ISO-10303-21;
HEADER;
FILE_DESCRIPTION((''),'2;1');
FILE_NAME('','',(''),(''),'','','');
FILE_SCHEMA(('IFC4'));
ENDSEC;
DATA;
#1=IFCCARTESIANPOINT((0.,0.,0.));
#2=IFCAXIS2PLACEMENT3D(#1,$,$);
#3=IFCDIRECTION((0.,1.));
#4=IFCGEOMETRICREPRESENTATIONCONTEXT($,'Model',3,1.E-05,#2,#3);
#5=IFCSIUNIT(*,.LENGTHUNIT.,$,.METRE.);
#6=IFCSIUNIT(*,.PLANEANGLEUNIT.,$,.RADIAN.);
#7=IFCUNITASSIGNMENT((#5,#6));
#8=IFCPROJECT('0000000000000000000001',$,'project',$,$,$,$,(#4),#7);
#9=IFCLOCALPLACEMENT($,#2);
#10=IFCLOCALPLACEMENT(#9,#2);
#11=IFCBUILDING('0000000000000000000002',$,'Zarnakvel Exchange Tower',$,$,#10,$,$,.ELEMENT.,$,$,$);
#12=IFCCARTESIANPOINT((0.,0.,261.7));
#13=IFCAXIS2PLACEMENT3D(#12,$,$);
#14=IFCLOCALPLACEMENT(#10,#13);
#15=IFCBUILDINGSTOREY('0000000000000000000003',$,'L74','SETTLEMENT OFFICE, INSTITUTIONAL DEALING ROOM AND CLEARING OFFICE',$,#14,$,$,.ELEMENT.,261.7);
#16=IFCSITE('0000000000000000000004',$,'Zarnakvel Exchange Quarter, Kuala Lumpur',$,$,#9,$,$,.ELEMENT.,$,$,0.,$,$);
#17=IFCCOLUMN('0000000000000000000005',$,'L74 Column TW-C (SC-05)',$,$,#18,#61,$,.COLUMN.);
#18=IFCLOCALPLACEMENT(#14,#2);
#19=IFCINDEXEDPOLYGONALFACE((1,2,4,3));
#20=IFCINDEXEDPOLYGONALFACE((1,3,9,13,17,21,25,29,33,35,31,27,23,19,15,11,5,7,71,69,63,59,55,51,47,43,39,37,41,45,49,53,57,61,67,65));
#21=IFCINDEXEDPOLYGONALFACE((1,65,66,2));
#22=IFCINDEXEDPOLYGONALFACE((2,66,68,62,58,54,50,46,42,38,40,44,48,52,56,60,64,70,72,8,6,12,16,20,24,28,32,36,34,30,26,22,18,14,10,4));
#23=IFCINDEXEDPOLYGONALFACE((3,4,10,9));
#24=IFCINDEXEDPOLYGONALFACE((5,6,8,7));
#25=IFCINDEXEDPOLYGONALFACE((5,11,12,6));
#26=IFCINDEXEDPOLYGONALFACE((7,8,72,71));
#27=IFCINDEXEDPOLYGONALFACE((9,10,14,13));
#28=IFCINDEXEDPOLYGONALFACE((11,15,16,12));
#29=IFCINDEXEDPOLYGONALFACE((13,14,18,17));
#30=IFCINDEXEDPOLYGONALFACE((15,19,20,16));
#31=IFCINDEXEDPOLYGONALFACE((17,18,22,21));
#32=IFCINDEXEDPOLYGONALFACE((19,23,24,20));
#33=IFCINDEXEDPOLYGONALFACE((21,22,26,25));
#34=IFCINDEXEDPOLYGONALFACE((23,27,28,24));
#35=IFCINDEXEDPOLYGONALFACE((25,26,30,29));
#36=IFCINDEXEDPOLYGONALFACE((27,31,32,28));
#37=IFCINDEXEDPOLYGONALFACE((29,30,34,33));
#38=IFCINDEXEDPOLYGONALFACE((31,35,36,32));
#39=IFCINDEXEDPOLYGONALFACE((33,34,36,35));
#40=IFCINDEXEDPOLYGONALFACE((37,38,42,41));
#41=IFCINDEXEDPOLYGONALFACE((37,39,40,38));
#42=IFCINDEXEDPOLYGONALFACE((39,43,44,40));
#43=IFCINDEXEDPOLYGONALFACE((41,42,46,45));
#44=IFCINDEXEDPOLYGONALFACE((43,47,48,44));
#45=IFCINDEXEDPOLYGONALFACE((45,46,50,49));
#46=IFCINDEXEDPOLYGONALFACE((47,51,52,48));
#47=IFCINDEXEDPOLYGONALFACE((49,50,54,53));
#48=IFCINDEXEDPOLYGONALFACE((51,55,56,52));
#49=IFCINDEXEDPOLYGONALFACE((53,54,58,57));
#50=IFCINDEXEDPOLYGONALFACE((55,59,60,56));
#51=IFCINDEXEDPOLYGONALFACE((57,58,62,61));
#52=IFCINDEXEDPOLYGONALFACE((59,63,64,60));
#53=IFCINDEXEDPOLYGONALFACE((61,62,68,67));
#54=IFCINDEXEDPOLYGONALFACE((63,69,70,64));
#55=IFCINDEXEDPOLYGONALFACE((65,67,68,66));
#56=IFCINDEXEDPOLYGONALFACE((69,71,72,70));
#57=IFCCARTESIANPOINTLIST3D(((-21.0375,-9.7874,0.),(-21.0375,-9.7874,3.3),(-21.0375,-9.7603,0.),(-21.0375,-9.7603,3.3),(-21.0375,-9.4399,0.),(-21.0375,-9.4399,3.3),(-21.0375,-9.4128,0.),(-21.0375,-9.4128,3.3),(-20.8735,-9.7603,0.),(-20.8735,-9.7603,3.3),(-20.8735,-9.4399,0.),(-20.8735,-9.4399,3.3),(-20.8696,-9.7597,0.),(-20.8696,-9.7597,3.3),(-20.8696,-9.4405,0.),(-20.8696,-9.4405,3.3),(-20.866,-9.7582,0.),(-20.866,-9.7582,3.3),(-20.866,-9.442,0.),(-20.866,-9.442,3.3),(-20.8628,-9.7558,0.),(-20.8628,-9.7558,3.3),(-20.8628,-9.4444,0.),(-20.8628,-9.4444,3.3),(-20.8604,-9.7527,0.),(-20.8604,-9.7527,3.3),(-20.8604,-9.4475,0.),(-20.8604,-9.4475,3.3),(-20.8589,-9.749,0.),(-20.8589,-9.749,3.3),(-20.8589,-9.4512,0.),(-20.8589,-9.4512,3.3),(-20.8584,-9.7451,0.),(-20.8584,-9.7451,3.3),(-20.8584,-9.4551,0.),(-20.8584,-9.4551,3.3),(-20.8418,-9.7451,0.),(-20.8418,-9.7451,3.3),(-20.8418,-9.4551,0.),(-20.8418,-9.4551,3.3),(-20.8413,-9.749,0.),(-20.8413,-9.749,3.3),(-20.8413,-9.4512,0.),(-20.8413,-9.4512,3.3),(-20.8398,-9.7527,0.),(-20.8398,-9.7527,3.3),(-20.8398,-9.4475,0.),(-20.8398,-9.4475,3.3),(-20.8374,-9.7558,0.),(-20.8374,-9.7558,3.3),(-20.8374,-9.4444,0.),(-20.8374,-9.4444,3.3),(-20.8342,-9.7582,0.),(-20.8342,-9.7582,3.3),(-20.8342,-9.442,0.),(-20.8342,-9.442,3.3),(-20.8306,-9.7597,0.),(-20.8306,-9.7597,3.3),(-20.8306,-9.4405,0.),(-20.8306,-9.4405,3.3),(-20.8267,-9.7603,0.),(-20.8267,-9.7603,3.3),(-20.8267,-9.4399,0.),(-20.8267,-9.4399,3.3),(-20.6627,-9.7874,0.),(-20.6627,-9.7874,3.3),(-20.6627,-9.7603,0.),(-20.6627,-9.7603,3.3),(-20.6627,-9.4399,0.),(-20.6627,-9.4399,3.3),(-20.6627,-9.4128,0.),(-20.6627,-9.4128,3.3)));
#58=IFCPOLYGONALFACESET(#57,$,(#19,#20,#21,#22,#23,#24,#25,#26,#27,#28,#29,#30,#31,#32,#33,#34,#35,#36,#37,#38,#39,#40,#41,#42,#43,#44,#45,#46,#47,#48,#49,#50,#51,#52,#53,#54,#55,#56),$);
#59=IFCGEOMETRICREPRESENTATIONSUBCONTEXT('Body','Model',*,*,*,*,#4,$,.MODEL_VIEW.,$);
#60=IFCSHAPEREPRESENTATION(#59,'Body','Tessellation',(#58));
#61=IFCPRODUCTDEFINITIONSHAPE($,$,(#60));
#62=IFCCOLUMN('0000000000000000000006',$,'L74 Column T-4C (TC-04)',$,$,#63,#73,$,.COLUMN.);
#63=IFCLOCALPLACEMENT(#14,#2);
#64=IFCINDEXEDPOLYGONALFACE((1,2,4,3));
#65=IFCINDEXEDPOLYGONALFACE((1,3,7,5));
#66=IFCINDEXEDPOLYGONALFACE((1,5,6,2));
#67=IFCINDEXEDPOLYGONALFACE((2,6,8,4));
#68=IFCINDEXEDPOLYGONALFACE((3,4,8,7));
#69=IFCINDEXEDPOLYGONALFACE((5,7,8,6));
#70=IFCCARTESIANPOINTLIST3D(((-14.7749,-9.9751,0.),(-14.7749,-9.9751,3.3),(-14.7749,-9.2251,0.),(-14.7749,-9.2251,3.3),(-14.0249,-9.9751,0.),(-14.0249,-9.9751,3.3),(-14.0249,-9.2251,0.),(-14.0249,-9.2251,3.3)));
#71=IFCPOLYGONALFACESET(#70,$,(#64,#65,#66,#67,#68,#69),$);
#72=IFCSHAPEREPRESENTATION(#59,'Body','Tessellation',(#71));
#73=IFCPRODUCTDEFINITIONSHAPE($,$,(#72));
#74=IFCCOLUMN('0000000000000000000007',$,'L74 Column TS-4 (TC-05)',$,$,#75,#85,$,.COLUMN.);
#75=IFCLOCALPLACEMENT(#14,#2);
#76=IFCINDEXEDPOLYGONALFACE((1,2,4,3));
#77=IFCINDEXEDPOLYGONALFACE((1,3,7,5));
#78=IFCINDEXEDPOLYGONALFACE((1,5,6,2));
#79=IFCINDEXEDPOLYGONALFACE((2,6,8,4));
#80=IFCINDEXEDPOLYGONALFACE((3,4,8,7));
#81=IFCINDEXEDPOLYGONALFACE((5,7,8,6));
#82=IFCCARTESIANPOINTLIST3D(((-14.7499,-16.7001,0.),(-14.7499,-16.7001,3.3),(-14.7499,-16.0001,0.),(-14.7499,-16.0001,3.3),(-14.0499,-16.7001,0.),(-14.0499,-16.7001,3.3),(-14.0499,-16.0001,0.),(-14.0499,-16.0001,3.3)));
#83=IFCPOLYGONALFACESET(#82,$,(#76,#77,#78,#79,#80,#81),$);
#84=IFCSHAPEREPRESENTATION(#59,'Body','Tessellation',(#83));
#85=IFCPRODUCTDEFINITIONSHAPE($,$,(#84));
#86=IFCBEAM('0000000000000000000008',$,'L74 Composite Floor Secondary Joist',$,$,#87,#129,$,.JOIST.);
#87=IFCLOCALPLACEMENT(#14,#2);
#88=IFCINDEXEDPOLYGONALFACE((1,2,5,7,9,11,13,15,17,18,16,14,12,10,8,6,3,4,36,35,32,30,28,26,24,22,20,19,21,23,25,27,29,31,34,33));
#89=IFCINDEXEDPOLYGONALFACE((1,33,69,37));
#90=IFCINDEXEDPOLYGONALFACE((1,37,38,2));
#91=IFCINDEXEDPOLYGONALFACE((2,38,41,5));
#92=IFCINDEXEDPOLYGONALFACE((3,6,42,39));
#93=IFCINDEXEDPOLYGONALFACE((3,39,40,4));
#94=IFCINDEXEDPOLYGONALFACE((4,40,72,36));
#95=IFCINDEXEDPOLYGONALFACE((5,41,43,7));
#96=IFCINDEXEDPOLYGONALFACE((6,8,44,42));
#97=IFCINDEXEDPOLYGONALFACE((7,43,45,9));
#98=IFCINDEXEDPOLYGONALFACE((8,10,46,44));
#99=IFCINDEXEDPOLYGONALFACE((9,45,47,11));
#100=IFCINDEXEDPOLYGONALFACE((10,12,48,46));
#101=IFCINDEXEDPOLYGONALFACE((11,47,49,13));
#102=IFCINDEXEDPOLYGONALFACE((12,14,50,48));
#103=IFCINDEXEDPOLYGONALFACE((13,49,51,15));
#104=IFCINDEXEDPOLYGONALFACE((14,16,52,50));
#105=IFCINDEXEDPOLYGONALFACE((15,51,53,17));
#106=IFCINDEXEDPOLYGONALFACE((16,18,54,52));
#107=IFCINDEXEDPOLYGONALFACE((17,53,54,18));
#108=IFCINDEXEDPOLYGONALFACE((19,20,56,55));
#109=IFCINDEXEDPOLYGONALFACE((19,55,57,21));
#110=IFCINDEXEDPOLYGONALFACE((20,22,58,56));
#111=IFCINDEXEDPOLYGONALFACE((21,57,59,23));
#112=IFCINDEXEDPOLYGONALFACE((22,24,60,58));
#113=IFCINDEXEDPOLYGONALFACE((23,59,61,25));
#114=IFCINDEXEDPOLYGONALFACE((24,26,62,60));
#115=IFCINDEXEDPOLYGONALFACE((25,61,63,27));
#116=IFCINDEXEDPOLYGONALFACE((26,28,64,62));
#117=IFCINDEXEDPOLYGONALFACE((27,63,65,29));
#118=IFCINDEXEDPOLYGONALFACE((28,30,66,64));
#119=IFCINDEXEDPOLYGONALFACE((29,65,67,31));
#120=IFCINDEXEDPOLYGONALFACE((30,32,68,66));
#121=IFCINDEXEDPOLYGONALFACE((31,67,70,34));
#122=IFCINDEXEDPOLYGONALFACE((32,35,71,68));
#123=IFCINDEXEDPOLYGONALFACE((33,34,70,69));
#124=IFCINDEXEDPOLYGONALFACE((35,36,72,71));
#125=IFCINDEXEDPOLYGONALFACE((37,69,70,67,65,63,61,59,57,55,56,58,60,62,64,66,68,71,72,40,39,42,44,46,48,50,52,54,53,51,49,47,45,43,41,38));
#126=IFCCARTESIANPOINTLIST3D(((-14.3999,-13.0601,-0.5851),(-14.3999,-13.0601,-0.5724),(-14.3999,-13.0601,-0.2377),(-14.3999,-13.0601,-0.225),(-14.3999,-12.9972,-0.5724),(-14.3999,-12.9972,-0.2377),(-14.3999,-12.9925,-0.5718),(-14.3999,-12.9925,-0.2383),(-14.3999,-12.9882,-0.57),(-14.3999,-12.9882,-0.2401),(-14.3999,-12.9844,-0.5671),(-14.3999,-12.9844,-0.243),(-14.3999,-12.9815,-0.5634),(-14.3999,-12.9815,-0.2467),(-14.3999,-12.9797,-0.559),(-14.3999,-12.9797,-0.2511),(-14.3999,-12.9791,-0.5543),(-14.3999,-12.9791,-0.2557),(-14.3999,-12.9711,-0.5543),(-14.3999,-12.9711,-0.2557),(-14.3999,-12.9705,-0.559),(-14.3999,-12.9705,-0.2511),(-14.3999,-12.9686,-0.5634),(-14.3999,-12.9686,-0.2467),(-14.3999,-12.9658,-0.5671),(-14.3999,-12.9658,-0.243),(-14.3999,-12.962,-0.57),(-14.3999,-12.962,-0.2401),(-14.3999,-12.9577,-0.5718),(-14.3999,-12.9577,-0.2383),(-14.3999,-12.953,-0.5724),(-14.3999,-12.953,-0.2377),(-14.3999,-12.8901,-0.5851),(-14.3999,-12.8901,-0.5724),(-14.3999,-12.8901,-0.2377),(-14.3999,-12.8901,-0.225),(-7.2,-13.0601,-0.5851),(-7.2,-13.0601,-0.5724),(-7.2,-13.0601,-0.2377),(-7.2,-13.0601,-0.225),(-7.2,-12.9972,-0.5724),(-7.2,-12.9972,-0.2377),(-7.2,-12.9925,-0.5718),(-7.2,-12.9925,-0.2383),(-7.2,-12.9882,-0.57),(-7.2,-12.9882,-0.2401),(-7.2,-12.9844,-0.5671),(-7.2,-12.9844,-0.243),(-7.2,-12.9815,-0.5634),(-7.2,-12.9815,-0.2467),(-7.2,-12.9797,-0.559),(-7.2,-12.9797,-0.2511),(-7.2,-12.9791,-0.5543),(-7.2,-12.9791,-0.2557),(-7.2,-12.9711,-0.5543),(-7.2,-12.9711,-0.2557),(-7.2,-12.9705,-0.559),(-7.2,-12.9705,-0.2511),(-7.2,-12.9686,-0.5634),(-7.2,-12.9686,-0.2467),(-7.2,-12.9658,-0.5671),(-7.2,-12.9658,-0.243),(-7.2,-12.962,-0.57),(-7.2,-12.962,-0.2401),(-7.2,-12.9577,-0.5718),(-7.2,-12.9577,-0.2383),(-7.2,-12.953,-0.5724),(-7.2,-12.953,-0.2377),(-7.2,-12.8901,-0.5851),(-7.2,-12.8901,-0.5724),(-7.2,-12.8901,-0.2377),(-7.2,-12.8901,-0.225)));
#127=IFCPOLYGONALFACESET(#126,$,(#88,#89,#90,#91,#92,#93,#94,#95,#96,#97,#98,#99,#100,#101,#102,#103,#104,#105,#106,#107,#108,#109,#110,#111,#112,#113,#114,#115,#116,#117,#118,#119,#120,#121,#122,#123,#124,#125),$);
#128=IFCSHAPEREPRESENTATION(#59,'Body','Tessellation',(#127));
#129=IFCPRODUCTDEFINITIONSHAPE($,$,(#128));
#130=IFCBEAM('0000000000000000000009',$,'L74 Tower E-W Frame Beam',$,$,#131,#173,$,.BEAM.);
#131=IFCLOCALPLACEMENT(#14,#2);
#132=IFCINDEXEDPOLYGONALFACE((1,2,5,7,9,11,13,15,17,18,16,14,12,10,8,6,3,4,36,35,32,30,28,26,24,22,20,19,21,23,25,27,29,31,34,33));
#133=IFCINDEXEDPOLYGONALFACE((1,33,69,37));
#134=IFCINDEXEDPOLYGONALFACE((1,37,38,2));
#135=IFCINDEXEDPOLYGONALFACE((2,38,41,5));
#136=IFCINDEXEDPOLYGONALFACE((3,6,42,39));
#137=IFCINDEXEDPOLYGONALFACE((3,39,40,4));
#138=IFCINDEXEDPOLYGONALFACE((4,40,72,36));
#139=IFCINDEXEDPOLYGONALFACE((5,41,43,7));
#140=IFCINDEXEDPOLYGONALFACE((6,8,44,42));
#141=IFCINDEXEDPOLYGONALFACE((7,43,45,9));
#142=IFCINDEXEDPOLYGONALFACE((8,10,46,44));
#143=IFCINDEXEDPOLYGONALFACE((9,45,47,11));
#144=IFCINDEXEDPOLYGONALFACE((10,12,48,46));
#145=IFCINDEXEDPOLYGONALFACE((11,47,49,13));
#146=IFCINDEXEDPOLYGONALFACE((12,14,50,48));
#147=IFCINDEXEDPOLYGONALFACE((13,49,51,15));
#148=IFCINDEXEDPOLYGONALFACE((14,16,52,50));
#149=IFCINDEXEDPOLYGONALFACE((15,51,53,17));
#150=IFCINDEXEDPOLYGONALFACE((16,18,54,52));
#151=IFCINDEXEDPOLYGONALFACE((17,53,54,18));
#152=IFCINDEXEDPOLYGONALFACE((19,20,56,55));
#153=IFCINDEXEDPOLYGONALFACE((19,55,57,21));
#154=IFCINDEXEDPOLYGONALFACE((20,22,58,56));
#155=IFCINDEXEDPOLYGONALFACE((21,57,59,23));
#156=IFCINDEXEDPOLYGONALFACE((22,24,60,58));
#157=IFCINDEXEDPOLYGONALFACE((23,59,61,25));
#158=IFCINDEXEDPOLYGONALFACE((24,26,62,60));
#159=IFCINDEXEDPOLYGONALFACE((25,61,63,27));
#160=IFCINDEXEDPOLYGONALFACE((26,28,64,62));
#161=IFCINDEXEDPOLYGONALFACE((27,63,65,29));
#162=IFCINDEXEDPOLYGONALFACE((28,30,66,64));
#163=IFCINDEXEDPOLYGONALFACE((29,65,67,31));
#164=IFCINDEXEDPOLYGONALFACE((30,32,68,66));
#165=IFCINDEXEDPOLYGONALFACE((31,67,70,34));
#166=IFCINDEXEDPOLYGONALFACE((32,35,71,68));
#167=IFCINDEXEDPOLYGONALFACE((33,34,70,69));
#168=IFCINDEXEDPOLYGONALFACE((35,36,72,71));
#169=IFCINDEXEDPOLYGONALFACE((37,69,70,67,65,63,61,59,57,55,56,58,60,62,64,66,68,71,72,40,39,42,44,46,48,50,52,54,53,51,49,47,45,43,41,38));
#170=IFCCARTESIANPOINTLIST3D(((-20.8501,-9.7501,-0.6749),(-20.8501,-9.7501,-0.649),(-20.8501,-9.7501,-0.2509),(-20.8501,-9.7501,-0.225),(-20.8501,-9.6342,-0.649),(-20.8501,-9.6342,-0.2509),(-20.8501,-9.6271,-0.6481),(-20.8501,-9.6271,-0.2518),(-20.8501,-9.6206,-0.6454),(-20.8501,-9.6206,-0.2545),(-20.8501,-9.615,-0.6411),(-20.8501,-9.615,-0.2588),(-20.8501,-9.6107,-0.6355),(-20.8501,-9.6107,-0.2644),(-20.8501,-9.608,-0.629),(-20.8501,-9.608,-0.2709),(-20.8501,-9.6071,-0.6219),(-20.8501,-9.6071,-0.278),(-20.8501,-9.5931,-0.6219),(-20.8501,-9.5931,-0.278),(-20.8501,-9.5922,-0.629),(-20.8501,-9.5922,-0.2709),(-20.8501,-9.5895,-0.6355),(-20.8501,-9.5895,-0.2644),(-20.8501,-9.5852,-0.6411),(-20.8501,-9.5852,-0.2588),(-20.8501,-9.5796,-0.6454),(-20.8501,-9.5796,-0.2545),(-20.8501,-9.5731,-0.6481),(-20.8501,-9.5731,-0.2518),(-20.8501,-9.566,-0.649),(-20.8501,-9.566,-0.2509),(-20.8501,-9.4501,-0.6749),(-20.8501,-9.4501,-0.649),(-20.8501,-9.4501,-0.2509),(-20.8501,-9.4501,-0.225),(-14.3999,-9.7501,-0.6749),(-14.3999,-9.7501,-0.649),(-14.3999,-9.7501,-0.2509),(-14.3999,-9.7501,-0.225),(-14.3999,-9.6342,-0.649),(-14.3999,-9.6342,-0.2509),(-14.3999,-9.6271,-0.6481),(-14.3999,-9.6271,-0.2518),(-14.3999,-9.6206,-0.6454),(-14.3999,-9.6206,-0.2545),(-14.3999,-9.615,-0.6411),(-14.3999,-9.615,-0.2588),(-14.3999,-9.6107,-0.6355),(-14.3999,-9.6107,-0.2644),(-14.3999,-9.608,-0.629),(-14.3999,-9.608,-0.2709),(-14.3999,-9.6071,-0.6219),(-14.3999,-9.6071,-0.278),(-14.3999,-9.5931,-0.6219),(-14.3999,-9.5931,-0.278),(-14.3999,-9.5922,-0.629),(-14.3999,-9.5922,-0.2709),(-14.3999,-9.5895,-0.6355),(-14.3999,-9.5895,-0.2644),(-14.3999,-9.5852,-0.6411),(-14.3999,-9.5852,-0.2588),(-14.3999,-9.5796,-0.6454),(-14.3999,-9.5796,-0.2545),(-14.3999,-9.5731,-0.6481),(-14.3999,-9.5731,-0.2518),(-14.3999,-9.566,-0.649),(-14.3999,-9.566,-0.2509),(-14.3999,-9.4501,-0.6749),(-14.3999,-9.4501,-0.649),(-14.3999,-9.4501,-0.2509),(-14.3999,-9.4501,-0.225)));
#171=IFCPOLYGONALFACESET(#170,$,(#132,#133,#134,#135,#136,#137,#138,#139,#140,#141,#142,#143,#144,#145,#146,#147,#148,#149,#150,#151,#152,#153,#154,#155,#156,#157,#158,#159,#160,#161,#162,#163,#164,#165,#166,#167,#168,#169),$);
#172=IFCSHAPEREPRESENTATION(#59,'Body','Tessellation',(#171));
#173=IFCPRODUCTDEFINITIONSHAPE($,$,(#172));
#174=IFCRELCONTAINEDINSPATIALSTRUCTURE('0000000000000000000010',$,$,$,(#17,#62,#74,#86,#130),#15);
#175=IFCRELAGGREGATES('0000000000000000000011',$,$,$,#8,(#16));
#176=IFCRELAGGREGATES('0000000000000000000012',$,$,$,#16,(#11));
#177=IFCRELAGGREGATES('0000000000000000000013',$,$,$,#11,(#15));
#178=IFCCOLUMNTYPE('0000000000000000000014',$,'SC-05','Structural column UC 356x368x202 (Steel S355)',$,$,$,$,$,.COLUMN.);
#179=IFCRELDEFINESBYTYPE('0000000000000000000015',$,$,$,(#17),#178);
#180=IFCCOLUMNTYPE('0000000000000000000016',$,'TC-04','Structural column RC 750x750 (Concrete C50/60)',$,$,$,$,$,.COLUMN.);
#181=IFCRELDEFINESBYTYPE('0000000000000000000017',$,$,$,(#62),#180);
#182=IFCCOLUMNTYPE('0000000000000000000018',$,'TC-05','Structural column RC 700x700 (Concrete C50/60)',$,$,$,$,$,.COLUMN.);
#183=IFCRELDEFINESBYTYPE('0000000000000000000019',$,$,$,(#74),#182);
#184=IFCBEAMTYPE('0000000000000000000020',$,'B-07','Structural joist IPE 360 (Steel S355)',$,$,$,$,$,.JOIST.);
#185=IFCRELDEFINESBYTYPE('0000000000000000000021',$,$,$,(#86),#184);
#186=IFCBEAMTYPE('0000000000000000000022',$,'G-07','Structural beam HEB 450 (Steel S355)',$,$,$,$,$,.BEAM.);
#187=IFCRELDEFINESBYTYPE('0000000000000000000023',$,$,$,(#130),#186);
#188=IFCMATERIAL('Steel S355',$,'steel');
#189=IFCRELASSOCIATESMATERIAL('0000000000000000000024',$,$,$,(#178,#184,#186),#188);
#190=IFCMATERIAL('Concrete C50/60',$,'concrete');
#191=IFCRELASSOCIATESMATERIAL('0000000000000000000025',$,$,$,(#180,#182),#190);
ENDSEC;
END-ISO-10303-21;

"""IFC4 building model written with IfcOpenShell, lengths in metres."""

from ifc_helpers import new_model, si_unit, direction, frame, origin, origin_2d, place, context, subcontext, project, spatial, rectangle, i_section, extrude, material, material_profile, profile_set, type_object, element, save


model = new_model("IFC4")

# Units and contexts
model_context = context("Model", 3, precision=1e-05, world=origin(), true_north=direction((0.0, 1.0)))
body_context = subcontext(model_context, "Body", "Model", "MODEL_VIEW")
ifc_project = project(units=[si_unit("LENGTHUNIT", "METRE"), si_unit("PLANEANGLEUNIT", "RADIAN")], contexts=[model_context])

# Site, building, storey
site_placement = place(None, origin())
site = spatial("IfcSite", under=ifc_project, at=site_placement, Name="Zarnakvel Exchange Quarter, Kuala Lumpur", CompositionType="ELEMENT", RefElevation=0.0)
building_placement = place(site_placement, origin())
building = spatial("IfcBuilding", under=site, at=building_placement, Name="Zarnakvel Exchange Tower", CompositionType="ELEMENT")
storey_placement = place(building_placement, frame((0.0, 0.0, 261.7)))
storey = spatial("IfcBuildingStorey", under=building, at=storey_placement, Name="L74", Description="SETTLEMENT OFFICE, INSTITUTIONAL DEALING ROOM AND CLEARING OFFICE", CompositionType="ELEMENT", Elevation=261.7)

# Columns
ifc_material_1 = material(Name="Steel S355", Category="steel")
ifc_material_profile_1 = material_profile(ifc_material_1, i_section(OverallWidth=0.3748, OverallDepth=0.3745, WebThickness=0.0166, FlangeThickness=0.0271, FilletRadius=0.0151, at=origin_2d()))
ifc_profile_set_1 = profile_set([ifc_material_profile_1], Name="Steel S355")
column_type_1 = type_object("IfcColumnType", Name="SC-05", Description="Structural column UC 356x368x202 (Steel S355)", PredefinedType="COLUMN", material=ifc_profile_set_1)
column_1_placement = place(storey_placement, frame((-20.8501, -9.6001, 0.0), z_axis=(0.0, 0.0, 1.0), x_axis=(1.0, 0.0, 0.0)))
element("IfcColumn", 1, at=column_1_placement, inside=storey, type_object=column_type_1, Name="L74 Column TW-C (SC-05)", PredefinedType="COLUMN", context=body_context, shape_type="SweptSolid", body=[
    extrude(i_section(OverallWidth=0.3748, OverallDepth=0.3745, WebThickness=0.0166, FlangeThickness=0.0271, FilletRadius=0.0151, at=origin_2d()), origin(), (0.0, 0.0, 1.0), 3.3),
])
ifc_material_2 = material(Name="Concrete C50/60", Category="concrete")
ifc_material_profile_2 = material_profile(ifc_material_2, rectangle(XDim=0.75, YDim=0.75, at=origin_2d()))
ifc_profile_set_2 = profile_set([ifc_material_profile_2], Name="Concrete C50/60")
column_type_2 = type_object("IfcColumnType", Name="TC-04", Description="Structural column RC 750x750 (Concrete C50/60)", PredefinedType="COLUMN", material=ifc_profile_set_2)
column_2_placement = place(storey_placement, frame((-14.3999, -9.6001, 0.0), z_axis=(0.0, 0.0, 1.0), x_axis=(1.0, 0.0, 0.0)))
element("IfcColumn", 2, at=column_2_placement, inside=storey, type_object=column_type_2, Name="L74 Column T-4C (TC-04)", PredefinedType="COLUMN", context=body_context, shape_type="SweptSolid", body=[
    extrude(rectangle(XDim=0.75, YDim=0.75, at=origin_2d()), origin(), (0.0, 0.0, 1.0), 3.3),
])
ifc_material_profile_3 = material_profile(ifc_material_2, rectangle(XDim=0.7, YDim=0.7, at=origin_2d()))
ifc_profile_set_3 = profile_set([ifc_material_profile_3], Name="Concrete C50/60")
column_type_3 = type_object("IfcColumnType", Name="TC-05", Description="Structural column RC 700x700 (Concrete C50/60)", PredefinedType="COLUMN", material=ifc_profile_set_3)
column_3_placement = place(storey_placement, frame((-14.3999, -16.3501, 0.0), z_axis=(0.0, 0.0, 1.0), x_axis=(1.0, 0.0, 0.0)))
element("IfcColumn", 3, at=column_3_placement, inside=storey, type_object=column_type_3, Name="L74 Column TS-4 (TC-05)", PredefinedType="COLUMN", context=body_context, shape_type="SweptSolid", body=[
    extrude(rectangle(XDim=0.7, YDim=0.7, at=origin_2d()), origin(), (0.0, 0.0, 1.0), 3.3),
])

# Beams
ifc_material_profile_4 = material_profile(ifc_material_1, i_section(OverallWidth=0.1699, OverallDepth=0.3601, WebThickness=0.0081, FlangeThickness=0.0127, FilletRadius=0.0181, at=origin_2d()))
ifc_profile_set_4 = profile_set([ifc_material_profile_4], Name="Steel S355")
beam_type_1 = type_object("IfcBeamType", Name="B-07", Description="Structural joist IPE 360 (Steel S355)", PredefinedType="JOIST", material=ifc_profile_set_4)
beam_1_placement = place(storey_placement, frame((-14.3999, -12.9751, -0.405), z_axis=(1.0, 0.0, 0.0), x_axis=(0.0, 1.0, 0.0)))
element("IfcBeam", 4, at=beam_1_placement, inside=storey, type_object=beam_type_1, Name="L74 Composite Floor Secondary Joist", PredefinedType="JOIST", context=body_context, shape_type="SweptSolid", body=[
    extrude(i_section(OverallWidth=0.1699, OverallDepth=0.3601, WebThickness=0.0081, FlangeThickness=0.0127, FilletRadius=0.0181, at=origin_2d()), origin(), (0.0, 0.0, 1.0), 7.2),
])
ifc_material_profile_5 = material_profile(ifc_material_1, i_section(OverallWidth=0.3, OverallDepth=0.45, WebThickness=0.0139, FlangeThickness=0.0259, FilletRadius=0.0271, at=origin_2d()))
ifc_profile_set_5 = profile_set([ifc_material_profile_5], Name="Steel S355")
beam_type_2 = type_object("IfcBeamType", Name="G-07", Description="Structural beam HEB 450 (Steel S355)", PredefinedType="BEAM", material=ifc_profile_set_5)
beam_2_placement = place(storey_placement, frame((-20.8501, -9.6001, -0.45), z_axis=(1.0, 0.0, 0.0), x_axis=(0.0, 1.0, 0.0)))
element("IfcBeam", 5, at=beam_2_placement, inside=storey, type_object=beam_type_2, Name="L74 Tower E-W Frame Beam", PredefinedType="BEAM", context=body_context, shape_type="SweptSolid", body=[
    extrude(i_section(OverallWidth=0.3, OverallDepth=0.45, WebThickness=0.0139, FlangeThickness=0.0259, FilletRadius=0.0271, at=origin_2d()), origin(), (0.0, 0.0, 1.0), 6.4502),
])

save(model, "model.ifc")
